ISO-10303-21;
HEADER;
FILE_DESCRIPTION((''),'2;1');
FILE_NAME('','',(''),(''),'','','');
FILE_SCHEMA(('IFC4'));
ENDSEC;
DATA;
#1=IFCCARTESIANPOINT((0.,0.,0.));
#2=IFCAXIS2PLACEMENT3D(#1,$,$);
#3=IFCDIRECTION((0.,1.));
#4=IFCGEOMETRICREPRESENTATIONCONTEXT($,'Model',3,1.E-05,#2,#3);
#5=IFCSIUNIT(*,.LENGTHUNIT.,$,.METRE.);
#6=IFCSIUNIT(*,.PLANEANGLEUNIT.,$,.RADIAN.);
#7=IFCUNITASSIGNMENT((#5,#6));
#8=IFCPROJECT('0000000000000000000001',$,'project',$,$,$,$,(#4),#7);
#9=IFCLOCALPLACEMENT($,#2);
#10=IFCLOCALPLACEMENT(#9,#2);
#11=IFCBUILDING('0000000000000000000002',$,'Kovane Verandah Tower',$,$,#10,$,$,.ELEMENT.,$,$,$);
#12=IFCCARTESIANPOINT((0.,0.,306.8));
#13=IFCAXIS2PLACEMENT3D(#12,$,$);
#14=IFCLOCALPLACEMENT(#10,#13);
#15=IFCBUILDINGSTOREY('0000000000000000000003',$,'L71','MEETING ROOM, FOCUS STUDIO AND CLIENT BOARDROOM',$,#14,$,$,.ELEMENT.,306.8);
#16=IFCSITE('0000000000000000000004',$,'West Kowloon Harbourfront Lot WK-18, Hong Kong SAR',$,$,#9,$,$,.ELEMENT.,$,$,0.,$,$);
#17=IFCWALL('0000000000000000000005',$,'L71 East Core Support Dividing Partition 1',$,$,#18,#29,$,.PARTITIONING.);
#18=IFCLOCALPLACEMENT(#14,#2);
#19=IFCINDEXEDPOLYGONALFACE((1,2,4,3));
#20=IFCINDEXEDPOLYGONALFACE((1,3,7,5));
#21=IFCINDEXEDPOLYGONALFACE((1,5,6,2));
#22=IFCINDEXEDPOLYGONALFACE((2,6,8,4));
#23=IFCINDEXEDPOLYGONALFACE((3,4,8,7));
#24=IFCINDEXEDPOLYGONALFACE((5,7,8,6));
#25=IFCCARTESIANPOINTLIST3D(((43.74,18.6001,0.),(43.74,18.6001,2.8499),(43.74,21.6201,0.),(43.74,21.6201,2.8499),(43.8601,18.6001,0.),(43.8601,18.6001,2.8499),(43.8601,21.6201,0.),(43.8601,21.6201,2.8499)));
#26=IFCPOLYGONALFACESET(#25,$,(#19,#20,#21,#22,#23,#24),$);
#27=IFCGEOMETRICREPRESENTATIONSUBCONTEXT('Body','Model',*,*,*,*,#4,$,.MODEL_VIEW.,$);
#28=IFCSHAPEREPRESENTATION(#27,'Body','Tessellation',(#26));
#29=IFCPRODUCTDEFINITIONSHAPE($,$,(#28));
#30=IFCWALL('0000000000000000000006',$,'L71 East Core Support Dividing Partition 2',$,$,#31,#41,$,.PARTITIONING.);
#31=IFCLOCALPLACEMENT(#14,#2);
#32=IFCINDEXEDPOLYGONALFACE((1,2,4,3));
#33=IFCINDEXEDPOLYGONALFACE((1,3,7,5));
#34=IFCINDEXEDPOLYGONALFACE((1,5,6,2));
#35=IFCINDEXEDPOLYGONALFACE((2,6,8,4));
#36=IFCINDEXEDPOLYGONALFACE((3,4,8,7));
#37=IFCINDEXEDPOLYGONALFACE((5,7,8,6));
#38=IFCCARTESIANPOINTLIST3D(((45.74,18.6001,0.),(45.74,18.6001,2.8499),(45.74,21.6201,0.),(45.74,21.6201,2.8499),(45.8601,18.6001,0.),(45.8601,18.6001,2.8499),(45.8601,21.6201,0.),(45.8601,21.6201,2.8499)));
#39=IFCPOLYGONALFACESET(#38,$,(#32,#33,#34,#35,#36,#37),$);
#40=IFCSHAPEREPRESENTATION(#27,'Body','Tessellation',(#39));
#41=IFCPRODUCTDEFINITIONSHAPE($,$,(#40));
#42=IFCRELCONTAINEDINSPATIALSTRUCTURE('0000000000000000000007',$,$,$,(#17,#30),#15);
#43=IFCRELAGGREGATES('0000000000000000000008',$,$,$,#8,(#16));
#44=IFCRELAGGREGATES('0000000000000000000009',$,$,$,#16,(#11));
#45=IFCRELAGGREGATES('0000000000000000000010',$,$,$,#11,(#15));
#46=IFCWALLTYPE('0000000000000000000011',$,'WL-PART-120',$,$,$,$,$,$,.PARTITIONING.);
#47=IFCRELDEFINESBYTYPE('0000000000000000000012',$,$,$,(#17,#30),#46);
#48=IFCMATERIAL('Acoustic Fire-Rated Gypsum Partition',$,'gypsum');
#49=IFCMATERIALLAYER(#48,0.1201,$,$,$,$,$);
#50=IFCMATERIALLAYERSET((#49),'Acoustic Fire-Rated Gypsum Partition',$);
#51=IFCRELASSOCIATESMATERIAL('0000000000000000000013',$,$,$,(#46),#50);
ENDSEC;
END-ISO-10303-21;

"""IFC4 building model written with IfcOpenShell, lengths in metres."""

from ifc_helpers import new_model, si_unit, direction, frame, frame_2d, origin, place, context, subcontext, project, spatial, rectangle, extrude, material, layer, layer_set, type_object, element, save


model = new_model("IFC4")

# Units and contexts
model_context = context("Model", 3, precision=1e-05, world=origin(), true_north=direction((0.0, 1.0)))
body_context = subcontext(model_context, "Body", "Model", "MODEL_VIEW")
ifc_project = project(units=[si_unit("LENGTHUNIT", "METRE"), si_unit("PLANEANGLEUNIT", "RADIAN")], contexts=[model_context])

# Site, building, storey
site_placement = place(None, origin())
site = spatial("IfcSite", under=ifc_project, at=site_placement, Name="West Kowloon Harbourfront Lot WK-18, Hong Kong SAR", CompositionType="ELEMENT", RefElevation=0.0)
building_placement = place(site_placement, origin())
building = spatial("IfcBuilding", under=site, at=building_placement, Name="Kovane Verandah Tower", CompositionType="ELEMENT")
storey_placement = place(building_placement, frame((0.0, 0.0, 306.8)))
storey = spatial("IfcBuildingStorey", under=building, at=storey_placement, Name="L71", Description="MEETING ROOM, FOCUS STUDIO AND CLIENT BOARDROOM", CompositionType="ELEMENT", Elevation=306.8)

# Walls
ifc_material_1 = material(Name="Acoustic Fire-Rated Gypsum Partition", Category="gypsum")
ifc_layer_1 = layer(ifc_material_1, 0.1201)
ifc_layer_set_1 = layer_set([ifc_layer_1], Name="Acoustic Fire-Rated Gypsum Partition")
wall_type_1 = type_object("IfcWallType", Name="WL-PART-120", PredefinedType="PARTITIONING", material=ifc_layer_set_1)
for number, where, z_axis, x_axis, name in (
    (1, (43.8, 18.6001, 0.0), (0.0, 0.0, 1.0), (0.0, 1.0, 0.0), "L71 East Core Support Dividing Partition 1"),
    (2, (45.8, 18.6001, 0.0), (0.0, 0.0, 1.0), (0.0, 1.0, 0.0), "L71 East Core Support Dividing Partition 2"),
):
    element("IfcWall", number, at=place(storey_placement, frame(where, z_axis=z_axis, x_axis=x_axis)), inside=storey, type_object=wall_type_1, Name=name, PredefinedType="PARTITIONING", context=body_context, shape_type="SweptSolid", body=[
        extrude(rectangle(XDim=3.02, YDim=0.1201, at=frame_2d((1.51, 0.0))), origin(), (0.0, 0.0, 1.0), 2.8499),
    ])

save(model, "model.ifc")
